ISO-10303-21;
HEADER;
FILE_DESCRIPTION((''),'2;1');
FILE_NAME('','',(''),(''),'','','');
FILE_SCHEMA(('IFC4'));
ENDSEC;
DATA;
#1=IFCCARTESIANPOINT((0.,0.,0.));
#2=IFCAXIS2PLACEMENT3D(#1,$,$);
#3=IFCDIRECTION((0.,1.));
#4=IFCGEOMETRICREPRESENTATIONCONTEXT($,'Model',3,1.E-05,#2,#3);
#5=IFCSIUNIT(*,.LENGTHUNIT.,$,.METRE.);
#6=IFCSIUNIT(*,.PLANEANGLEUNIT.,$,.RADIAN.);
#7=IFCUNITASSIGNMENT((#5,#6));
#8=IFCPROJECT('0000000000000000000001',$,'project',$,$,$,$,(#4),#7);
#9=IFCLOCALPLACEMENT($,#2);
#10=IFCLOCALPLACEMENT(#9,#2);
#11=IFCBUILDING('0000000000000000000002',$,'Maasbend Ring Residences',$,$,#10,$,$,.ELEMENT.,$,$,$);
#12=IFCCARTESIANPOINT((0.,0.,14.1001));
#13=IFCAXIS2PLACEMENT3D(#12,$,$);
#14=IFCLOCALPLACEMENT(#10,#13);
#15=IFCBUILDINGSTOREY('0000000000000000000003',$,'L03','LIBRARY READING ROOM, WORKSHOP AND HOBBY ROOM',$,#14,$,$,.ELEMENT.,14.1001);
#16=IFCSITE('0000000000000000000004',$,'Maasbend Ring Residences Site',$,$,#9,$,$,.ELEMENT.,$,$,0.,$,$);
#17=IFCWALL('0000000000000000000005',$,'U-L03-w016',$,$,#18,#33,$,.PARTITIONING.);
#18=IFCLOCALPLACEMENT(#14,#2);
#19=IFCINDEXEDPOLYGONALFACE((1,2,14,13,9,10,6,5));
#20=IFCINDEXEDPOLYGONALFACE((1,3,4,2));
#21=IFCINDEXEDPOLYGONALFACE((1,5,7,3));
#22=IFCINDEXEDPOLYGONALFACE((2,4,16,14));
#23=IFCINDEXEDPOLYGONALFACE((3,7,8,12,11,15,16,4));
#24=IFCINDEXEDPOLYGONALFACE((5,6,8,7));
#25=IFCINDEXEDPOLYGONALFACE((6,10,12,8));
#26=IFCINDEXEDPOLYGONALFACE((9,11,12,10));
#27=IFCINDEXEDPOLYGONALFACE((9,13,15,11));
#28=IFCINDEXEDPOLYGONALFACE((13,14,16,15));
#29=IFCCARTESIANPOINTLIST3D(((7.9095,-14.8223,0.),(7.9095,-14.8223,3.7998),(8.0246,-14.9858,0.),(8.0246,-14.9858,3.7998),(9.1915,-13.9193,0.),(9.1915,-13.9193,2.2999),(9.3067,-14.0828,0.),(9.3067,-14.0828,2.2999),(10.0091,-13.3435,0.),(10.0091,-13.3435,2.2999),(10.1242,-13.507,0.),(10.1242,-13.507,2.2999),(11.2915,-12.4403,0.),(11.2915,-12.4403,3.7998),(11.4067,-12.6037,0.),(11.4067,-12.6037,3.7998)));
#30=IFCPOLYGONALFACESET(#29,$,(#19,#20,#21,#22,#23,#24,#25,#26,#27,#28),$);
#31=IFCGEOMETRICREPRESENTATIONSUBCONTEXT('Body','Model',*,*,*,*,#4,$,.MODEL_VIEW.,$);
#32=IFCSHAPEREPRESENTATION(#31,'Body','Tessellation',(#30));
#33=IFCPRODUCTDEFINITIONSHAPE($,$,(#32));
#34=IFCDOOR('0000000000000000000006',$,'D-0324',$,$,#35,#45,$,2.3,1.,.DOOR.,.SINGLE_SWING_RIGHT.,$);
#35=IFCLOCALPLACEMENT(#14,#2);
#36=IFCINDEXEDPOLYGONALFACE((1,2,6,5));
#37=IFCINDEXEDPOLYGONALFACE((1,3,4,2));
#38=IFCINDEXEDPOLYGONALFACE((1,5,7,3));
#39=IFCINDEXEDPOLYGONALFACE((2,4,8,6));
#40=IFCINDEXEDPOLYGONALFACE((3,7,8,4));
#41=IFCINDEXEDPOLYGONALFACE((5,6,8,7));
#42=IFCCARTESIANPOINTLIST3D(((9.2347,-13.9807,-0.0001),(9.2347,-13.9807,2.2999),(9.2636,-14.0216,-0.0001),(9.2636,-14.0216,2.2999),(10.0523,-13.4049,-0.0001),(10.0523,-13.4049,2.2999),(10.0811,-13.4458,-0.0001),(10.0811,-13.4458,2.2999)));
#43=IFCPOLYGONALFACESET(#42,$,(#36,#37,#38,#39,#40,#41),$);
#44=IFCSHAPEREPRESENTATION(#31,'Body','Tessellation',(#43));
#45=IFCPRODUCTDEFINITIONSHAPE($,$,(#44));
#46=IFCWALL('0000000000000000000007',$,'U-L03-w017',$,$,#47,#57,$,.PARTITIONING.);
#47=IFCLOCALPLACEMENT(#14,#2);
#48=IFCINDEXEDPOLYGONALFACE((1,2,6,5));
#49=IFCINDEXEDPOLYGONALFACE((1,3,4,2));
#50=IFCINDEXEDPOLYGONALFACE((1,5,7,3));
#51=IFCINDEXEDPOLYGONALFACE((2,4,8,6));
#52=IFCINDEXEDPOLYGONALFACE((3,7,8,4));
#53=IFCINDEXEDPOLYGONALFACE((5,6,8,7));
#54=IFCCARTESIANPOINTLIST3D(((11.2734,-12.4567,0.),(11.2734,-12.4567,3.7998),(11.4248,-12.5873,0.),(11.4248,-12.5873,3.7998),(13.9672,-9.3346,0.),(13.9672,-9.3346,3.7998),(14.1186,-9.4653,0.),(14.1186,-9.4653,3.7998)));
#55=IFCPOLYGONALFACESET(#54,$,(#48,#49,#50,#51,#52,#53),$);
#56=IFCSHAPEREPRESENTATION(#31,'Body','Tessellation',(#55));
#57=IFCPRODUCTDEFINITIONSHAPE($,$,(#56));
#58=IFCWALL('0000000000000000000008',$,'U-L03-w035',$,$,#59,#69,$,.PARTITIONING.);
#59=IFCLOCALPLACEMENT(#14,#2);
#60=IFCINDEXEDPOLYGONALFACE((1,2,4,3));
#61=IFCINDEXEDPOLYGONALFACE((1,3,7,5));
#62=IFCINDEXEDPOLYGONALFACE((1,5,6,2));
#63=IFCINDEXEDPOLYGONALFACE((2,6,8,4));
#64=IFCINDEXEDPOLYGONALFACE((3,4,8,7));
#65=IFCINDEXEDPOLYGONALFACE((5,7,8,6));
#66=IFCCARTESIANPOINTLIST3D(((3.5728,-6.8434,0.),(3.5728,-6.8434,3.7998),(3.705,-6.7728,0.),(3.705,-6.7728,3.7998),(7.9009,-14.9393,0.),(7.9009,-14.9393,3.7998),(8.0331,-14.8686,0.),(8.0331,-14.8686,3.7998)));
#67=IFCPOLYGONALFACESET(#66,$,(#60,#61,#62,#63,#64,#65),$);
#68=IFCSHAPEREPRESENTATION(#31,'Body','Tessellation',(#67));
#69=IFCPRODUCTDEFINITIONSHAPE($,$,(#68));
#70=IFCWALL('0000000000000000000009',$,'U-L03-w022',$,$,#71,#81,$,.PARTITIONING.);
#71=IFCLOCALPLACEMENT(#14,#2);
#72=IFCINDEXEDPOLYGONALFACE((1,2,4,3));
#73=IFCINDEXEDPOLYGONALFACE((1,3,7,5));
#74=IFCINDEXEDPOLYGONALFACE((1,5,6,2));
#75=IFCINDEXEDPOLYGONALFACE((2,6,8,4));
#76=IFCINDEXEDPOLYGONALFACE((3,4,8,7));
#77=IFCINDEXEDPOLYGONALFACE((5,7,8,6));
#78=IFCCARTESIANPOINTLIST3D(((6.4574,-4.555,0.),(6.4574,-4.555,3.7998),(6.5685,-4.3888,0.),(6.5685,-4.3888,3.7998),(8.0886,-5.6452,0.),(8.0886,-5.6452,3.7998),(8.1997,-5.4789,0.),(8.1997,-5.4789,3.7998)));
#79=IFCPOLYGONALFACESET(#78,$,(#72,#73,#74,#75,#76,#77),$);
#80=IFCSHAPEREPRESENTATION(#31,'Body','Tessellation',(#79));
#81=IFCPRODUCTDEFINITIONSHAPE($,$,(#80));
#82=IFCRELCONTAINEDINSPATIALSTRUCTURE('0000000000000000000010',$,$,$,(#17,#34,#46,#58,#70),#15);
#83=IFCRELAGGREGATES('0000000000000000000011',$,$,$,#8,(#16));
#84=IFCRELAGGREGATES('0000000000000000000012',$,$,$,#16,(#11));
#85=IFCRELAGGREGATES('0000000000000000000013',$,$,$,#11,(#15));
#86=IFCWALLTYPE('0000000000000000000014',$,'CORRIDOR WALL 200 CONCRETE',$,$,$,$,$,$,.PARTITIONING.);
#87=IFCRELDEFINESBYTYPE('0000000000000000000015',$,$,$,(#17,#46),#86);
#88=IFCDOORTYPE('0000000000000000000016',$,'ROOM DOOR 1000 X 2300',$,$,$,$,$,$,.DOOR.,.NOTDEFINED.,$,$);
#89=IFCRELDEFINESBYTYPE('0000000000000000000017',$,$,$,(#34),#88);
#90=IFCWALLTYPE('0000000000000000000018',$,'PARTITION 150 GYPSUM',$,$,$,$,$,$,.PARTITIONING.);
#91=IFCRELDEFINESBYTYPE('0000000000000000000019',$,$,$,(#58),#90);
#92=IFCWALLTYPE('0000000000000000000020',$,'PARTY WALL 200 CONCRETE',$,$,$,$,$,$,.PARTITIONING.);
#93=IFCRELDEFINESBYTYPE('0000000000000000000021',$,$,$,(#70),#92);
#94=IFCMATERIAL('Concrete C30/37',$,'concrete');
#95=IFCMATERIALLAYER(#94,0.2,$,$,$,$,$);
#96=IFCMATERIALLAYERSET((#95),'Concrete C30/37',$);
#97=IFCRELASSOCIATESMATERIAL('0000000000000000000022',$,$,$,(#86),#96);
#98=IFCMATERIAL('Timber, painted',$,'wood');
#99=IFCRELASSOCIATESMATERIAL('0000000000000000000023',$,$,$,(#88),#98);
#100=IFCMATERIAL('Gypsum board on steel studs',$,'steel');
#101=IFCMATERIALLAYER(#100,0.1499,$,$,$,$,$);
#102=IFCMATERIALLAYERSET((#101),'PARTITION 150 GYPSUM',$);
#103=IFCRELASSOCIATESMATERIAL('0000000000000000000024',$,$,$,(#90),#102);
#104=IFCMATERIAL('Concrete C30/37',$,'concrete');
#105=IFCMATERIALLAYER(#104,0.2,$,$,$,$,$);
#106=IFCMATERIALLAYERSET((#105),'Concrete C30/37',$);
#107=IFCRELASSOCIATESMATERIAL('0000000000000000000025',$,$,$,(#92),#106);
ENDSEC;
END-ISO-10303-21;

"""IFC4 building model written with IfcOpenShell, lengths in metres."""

from ifc_helpers import new_model, si_unit, direction, frame, frame_2d, origin, place, context, subcontext, project, spatial, rectangle, extrude, material, layer, layer_set, type_object, element, fill, save


model = new_model("IFC4")

# Units and contexts
model_context = context("Model", 3, precision=1e-05, world=origin(), true_north=direction((0.0, 1.0)))
body_context = subcontext(model_context, "Body", "Model", "MODEL_VIEW")
ifc_project = project(units=[si_unit("LENGTHUNIT", "METRE"), si_unit("PLANEANGLEUNIT", "RADIAN")], contexts=[model_context])

# Site, building, storey
site_placement = place(None, origin())
site = spatial("IfcSite", under=ifc_project, at=site_placement, Name="Maasbend Ring Residences Site", CompositionType="ELEMENT", RefElevation=0.0)
building_placement = place(site_placement, origin())
building = spatial("IfcBuilding", under=site, at=building_placement, Name="Maasbend Ring Residences", CompositionType="ELEMENT")
storey_placement = place(building_placement, frame((0.0, 0.0, 14.1001)))
storey = spatial("IfcBuildingStorey", under=building, at=storey_placement, Name="L03", Description="LIBRARY READING ROOM, WORKSHOP AND HOBBY ROOM", CompositionType="ELEMENT", Elevation=14.1001)

# Wall, opening, door
ifc_material_1 = material(Name="Concrete C30/37", Category="concrete")
ifc_layer_1 = layer(ifc_material_1, 0.2)
ifc_layer_set_1 = layer_set([ifc_layer_1], Name="Concrete C30/37")
wall_type_1 = type_object("IfcWallType", Name="CORRIDOR WALL 200 CONCRETE", PredefinedType="PARTITIONING", material=ifc_layer_set_1)
wall_1_placement = place(storey_placement, frame((7.967, -14.9041, 0.0), z_axis=(0.0, 0.0, 1.0), x_axis=(0.817568, 0.575833, 0.0)))
wall_1 = element("IfcWall", 1, at=wall_1_placement, inside=storey, type_object=wall_type_1, Name="U-L03-w016", PredefinedType="PARTITIONING", context=body_context, shape_type="SweptSolid", body=[
    extrude(rectangle(XDim=4.1367, YDim=0.2, at=frame_2d((2.0684, 0.0))), origin(), (0.0, 0.0, 1.0), 3.7998),
])
opening_1_placement = place(wall_1_placement, frame((1.5681, 0.0, 0.0)))
opening_1 = element("IfcOpeningElement", 2, at=opening_1_placement, cuts=wall_1, PredefinedType="OPENING", context=body_context, shape_type="SweptSolid", body=[
    extrude(rectangle(XDim=1.0, YDim=2.3, at=frame_2d((0.5, 1.1499))), frame((0.0, 0.1099, 0.0), z_axis=(0.0, -1.0, 0.0), x_axis=(1.0, 0.0, 0.0)), (0.0, 0.0, 1.0), 0.22),
])
ifc_material_2 = material(Name="Timber, painted", Category="wood")
door_type_1 = type_object("IfcDoorType", Name="ROOM DOOR 1000 X 2300", OperationType="NOTDEFINED", PredefinedType="DOOR", material=ifc_material_2)
door_1_placement = place(opening_1_placement, origin())
door_1 = element("IfcDoor", 3, at=door_1_placement, inside=storey, type_object=door_type_1, Name="D-0324", OperationType="SINGLE_SWING_RIGHT", OverallHeight=2.3, OverallWidth=1.0, PredefinedType="DOOR", context=body_context, shape_type="SweptSolid", body=[
    extrude(rectangle(XDim=1.0, YDim=2.3, at=frame_2d((0.5, 1.1499))), frame((0.0, 0.0249, 0.0), z_axis=(0.0, -1.0, 0.0), x_axis=(1.0, 0.0, 0.0)), (0.0, 0.0, 1.0), 0.05),
])
fill(opening_1, door_1)

# Walls
wall_2_placement = place(storey_placement, frame((11.3491, -12.522, 0.0), z_axis=(0.0, 0.0, 1.0), x_axis=(0.653275, 0.757121, 0.0)))
element("IfcWall", 4, at=wall_2_placement, inside=storey, type_object=wall_type_1, Name="U-L03-w017", PredefinedType="PARTITIONING", context=body_context, shape_type="SweptSolid", body=[
    extrude(rectangle(XDim=4.1235, YDim=0.2, at=frame_2d((2.0618, 0.0))), origin(), (0.0, 0.0, 1.0), 3.7998),
])
ifc_material_3 = material(Name="Gypsum board on steel studs", Category="steel")
ifc_layer_2 = layer(ifc_material_3, 0.1499)
ifc_layer_set_2 = layer_set([ifc_layer_2], Name="PARTITION 150 GYPSUM")
wall_type_2 = type_object("IfcWallType", Name="PARTITION 150 GYPSUM", PredefinedType="PARTITIONING", material=ifc_layer_set_2)
wall_3_placement = place(storey_placement, frame((3.6389, -6.8081, 0.0), z_axis=(0.0, 0.0, 1.0), x_axis=(0.47146, -0.881887, 0.0)))
element("IfcWall", 5, at=wall_3_placement, inside=storey, type_object=wall_type_2, Name="U-L03-w035", PredefinedType="PARTITIONING", context=body_context, shape_type="SweptSolid", body=[
    extrude(rectangle(XDim=9.1802, YDim=0.1499, at=frame_2d((4.5901, 0.0))), origin(), (0.0, 0.0, 1.0), 3.7998),
])
ifc_material_4 = material(Name="Concrete C30/37", Category="concrete")
ifc_layer_3 = layer(ifc_material_4, 0.2)
ifc_layer_set_3 = layer_set([ifc_layer_3], Name="Concrete C30/37")
wall_type_3 = type_object("IfcWallType", Name="PARTY WALL 200 CONCRETE", PredefinedType="PARTITIONING", material=ifc_layer_set_3)
wall_4_placement = place(storey_placement, frame((6.5129, -4.4719, 0.0), z_axis=(0.0, 0.0, 1.0), x_axis=(0.831418, -0.555648, 0.0)))
element("IfcWall", 6, at=wall_4_placement, inside=storey, type_object=wall_type_3, Name="U-L03-w022", PredefinedType="PARTITIONING", context=body_context, shape_type="SweptSolid", body=[
    extrude(rectangle(XDim=1.9619, YDim=0.2, at=frame_2d((0.981, 0.0))), origin(), (0.0, 0.0, 1.0), 3.7998),
])

save(model, "model.ifc")
